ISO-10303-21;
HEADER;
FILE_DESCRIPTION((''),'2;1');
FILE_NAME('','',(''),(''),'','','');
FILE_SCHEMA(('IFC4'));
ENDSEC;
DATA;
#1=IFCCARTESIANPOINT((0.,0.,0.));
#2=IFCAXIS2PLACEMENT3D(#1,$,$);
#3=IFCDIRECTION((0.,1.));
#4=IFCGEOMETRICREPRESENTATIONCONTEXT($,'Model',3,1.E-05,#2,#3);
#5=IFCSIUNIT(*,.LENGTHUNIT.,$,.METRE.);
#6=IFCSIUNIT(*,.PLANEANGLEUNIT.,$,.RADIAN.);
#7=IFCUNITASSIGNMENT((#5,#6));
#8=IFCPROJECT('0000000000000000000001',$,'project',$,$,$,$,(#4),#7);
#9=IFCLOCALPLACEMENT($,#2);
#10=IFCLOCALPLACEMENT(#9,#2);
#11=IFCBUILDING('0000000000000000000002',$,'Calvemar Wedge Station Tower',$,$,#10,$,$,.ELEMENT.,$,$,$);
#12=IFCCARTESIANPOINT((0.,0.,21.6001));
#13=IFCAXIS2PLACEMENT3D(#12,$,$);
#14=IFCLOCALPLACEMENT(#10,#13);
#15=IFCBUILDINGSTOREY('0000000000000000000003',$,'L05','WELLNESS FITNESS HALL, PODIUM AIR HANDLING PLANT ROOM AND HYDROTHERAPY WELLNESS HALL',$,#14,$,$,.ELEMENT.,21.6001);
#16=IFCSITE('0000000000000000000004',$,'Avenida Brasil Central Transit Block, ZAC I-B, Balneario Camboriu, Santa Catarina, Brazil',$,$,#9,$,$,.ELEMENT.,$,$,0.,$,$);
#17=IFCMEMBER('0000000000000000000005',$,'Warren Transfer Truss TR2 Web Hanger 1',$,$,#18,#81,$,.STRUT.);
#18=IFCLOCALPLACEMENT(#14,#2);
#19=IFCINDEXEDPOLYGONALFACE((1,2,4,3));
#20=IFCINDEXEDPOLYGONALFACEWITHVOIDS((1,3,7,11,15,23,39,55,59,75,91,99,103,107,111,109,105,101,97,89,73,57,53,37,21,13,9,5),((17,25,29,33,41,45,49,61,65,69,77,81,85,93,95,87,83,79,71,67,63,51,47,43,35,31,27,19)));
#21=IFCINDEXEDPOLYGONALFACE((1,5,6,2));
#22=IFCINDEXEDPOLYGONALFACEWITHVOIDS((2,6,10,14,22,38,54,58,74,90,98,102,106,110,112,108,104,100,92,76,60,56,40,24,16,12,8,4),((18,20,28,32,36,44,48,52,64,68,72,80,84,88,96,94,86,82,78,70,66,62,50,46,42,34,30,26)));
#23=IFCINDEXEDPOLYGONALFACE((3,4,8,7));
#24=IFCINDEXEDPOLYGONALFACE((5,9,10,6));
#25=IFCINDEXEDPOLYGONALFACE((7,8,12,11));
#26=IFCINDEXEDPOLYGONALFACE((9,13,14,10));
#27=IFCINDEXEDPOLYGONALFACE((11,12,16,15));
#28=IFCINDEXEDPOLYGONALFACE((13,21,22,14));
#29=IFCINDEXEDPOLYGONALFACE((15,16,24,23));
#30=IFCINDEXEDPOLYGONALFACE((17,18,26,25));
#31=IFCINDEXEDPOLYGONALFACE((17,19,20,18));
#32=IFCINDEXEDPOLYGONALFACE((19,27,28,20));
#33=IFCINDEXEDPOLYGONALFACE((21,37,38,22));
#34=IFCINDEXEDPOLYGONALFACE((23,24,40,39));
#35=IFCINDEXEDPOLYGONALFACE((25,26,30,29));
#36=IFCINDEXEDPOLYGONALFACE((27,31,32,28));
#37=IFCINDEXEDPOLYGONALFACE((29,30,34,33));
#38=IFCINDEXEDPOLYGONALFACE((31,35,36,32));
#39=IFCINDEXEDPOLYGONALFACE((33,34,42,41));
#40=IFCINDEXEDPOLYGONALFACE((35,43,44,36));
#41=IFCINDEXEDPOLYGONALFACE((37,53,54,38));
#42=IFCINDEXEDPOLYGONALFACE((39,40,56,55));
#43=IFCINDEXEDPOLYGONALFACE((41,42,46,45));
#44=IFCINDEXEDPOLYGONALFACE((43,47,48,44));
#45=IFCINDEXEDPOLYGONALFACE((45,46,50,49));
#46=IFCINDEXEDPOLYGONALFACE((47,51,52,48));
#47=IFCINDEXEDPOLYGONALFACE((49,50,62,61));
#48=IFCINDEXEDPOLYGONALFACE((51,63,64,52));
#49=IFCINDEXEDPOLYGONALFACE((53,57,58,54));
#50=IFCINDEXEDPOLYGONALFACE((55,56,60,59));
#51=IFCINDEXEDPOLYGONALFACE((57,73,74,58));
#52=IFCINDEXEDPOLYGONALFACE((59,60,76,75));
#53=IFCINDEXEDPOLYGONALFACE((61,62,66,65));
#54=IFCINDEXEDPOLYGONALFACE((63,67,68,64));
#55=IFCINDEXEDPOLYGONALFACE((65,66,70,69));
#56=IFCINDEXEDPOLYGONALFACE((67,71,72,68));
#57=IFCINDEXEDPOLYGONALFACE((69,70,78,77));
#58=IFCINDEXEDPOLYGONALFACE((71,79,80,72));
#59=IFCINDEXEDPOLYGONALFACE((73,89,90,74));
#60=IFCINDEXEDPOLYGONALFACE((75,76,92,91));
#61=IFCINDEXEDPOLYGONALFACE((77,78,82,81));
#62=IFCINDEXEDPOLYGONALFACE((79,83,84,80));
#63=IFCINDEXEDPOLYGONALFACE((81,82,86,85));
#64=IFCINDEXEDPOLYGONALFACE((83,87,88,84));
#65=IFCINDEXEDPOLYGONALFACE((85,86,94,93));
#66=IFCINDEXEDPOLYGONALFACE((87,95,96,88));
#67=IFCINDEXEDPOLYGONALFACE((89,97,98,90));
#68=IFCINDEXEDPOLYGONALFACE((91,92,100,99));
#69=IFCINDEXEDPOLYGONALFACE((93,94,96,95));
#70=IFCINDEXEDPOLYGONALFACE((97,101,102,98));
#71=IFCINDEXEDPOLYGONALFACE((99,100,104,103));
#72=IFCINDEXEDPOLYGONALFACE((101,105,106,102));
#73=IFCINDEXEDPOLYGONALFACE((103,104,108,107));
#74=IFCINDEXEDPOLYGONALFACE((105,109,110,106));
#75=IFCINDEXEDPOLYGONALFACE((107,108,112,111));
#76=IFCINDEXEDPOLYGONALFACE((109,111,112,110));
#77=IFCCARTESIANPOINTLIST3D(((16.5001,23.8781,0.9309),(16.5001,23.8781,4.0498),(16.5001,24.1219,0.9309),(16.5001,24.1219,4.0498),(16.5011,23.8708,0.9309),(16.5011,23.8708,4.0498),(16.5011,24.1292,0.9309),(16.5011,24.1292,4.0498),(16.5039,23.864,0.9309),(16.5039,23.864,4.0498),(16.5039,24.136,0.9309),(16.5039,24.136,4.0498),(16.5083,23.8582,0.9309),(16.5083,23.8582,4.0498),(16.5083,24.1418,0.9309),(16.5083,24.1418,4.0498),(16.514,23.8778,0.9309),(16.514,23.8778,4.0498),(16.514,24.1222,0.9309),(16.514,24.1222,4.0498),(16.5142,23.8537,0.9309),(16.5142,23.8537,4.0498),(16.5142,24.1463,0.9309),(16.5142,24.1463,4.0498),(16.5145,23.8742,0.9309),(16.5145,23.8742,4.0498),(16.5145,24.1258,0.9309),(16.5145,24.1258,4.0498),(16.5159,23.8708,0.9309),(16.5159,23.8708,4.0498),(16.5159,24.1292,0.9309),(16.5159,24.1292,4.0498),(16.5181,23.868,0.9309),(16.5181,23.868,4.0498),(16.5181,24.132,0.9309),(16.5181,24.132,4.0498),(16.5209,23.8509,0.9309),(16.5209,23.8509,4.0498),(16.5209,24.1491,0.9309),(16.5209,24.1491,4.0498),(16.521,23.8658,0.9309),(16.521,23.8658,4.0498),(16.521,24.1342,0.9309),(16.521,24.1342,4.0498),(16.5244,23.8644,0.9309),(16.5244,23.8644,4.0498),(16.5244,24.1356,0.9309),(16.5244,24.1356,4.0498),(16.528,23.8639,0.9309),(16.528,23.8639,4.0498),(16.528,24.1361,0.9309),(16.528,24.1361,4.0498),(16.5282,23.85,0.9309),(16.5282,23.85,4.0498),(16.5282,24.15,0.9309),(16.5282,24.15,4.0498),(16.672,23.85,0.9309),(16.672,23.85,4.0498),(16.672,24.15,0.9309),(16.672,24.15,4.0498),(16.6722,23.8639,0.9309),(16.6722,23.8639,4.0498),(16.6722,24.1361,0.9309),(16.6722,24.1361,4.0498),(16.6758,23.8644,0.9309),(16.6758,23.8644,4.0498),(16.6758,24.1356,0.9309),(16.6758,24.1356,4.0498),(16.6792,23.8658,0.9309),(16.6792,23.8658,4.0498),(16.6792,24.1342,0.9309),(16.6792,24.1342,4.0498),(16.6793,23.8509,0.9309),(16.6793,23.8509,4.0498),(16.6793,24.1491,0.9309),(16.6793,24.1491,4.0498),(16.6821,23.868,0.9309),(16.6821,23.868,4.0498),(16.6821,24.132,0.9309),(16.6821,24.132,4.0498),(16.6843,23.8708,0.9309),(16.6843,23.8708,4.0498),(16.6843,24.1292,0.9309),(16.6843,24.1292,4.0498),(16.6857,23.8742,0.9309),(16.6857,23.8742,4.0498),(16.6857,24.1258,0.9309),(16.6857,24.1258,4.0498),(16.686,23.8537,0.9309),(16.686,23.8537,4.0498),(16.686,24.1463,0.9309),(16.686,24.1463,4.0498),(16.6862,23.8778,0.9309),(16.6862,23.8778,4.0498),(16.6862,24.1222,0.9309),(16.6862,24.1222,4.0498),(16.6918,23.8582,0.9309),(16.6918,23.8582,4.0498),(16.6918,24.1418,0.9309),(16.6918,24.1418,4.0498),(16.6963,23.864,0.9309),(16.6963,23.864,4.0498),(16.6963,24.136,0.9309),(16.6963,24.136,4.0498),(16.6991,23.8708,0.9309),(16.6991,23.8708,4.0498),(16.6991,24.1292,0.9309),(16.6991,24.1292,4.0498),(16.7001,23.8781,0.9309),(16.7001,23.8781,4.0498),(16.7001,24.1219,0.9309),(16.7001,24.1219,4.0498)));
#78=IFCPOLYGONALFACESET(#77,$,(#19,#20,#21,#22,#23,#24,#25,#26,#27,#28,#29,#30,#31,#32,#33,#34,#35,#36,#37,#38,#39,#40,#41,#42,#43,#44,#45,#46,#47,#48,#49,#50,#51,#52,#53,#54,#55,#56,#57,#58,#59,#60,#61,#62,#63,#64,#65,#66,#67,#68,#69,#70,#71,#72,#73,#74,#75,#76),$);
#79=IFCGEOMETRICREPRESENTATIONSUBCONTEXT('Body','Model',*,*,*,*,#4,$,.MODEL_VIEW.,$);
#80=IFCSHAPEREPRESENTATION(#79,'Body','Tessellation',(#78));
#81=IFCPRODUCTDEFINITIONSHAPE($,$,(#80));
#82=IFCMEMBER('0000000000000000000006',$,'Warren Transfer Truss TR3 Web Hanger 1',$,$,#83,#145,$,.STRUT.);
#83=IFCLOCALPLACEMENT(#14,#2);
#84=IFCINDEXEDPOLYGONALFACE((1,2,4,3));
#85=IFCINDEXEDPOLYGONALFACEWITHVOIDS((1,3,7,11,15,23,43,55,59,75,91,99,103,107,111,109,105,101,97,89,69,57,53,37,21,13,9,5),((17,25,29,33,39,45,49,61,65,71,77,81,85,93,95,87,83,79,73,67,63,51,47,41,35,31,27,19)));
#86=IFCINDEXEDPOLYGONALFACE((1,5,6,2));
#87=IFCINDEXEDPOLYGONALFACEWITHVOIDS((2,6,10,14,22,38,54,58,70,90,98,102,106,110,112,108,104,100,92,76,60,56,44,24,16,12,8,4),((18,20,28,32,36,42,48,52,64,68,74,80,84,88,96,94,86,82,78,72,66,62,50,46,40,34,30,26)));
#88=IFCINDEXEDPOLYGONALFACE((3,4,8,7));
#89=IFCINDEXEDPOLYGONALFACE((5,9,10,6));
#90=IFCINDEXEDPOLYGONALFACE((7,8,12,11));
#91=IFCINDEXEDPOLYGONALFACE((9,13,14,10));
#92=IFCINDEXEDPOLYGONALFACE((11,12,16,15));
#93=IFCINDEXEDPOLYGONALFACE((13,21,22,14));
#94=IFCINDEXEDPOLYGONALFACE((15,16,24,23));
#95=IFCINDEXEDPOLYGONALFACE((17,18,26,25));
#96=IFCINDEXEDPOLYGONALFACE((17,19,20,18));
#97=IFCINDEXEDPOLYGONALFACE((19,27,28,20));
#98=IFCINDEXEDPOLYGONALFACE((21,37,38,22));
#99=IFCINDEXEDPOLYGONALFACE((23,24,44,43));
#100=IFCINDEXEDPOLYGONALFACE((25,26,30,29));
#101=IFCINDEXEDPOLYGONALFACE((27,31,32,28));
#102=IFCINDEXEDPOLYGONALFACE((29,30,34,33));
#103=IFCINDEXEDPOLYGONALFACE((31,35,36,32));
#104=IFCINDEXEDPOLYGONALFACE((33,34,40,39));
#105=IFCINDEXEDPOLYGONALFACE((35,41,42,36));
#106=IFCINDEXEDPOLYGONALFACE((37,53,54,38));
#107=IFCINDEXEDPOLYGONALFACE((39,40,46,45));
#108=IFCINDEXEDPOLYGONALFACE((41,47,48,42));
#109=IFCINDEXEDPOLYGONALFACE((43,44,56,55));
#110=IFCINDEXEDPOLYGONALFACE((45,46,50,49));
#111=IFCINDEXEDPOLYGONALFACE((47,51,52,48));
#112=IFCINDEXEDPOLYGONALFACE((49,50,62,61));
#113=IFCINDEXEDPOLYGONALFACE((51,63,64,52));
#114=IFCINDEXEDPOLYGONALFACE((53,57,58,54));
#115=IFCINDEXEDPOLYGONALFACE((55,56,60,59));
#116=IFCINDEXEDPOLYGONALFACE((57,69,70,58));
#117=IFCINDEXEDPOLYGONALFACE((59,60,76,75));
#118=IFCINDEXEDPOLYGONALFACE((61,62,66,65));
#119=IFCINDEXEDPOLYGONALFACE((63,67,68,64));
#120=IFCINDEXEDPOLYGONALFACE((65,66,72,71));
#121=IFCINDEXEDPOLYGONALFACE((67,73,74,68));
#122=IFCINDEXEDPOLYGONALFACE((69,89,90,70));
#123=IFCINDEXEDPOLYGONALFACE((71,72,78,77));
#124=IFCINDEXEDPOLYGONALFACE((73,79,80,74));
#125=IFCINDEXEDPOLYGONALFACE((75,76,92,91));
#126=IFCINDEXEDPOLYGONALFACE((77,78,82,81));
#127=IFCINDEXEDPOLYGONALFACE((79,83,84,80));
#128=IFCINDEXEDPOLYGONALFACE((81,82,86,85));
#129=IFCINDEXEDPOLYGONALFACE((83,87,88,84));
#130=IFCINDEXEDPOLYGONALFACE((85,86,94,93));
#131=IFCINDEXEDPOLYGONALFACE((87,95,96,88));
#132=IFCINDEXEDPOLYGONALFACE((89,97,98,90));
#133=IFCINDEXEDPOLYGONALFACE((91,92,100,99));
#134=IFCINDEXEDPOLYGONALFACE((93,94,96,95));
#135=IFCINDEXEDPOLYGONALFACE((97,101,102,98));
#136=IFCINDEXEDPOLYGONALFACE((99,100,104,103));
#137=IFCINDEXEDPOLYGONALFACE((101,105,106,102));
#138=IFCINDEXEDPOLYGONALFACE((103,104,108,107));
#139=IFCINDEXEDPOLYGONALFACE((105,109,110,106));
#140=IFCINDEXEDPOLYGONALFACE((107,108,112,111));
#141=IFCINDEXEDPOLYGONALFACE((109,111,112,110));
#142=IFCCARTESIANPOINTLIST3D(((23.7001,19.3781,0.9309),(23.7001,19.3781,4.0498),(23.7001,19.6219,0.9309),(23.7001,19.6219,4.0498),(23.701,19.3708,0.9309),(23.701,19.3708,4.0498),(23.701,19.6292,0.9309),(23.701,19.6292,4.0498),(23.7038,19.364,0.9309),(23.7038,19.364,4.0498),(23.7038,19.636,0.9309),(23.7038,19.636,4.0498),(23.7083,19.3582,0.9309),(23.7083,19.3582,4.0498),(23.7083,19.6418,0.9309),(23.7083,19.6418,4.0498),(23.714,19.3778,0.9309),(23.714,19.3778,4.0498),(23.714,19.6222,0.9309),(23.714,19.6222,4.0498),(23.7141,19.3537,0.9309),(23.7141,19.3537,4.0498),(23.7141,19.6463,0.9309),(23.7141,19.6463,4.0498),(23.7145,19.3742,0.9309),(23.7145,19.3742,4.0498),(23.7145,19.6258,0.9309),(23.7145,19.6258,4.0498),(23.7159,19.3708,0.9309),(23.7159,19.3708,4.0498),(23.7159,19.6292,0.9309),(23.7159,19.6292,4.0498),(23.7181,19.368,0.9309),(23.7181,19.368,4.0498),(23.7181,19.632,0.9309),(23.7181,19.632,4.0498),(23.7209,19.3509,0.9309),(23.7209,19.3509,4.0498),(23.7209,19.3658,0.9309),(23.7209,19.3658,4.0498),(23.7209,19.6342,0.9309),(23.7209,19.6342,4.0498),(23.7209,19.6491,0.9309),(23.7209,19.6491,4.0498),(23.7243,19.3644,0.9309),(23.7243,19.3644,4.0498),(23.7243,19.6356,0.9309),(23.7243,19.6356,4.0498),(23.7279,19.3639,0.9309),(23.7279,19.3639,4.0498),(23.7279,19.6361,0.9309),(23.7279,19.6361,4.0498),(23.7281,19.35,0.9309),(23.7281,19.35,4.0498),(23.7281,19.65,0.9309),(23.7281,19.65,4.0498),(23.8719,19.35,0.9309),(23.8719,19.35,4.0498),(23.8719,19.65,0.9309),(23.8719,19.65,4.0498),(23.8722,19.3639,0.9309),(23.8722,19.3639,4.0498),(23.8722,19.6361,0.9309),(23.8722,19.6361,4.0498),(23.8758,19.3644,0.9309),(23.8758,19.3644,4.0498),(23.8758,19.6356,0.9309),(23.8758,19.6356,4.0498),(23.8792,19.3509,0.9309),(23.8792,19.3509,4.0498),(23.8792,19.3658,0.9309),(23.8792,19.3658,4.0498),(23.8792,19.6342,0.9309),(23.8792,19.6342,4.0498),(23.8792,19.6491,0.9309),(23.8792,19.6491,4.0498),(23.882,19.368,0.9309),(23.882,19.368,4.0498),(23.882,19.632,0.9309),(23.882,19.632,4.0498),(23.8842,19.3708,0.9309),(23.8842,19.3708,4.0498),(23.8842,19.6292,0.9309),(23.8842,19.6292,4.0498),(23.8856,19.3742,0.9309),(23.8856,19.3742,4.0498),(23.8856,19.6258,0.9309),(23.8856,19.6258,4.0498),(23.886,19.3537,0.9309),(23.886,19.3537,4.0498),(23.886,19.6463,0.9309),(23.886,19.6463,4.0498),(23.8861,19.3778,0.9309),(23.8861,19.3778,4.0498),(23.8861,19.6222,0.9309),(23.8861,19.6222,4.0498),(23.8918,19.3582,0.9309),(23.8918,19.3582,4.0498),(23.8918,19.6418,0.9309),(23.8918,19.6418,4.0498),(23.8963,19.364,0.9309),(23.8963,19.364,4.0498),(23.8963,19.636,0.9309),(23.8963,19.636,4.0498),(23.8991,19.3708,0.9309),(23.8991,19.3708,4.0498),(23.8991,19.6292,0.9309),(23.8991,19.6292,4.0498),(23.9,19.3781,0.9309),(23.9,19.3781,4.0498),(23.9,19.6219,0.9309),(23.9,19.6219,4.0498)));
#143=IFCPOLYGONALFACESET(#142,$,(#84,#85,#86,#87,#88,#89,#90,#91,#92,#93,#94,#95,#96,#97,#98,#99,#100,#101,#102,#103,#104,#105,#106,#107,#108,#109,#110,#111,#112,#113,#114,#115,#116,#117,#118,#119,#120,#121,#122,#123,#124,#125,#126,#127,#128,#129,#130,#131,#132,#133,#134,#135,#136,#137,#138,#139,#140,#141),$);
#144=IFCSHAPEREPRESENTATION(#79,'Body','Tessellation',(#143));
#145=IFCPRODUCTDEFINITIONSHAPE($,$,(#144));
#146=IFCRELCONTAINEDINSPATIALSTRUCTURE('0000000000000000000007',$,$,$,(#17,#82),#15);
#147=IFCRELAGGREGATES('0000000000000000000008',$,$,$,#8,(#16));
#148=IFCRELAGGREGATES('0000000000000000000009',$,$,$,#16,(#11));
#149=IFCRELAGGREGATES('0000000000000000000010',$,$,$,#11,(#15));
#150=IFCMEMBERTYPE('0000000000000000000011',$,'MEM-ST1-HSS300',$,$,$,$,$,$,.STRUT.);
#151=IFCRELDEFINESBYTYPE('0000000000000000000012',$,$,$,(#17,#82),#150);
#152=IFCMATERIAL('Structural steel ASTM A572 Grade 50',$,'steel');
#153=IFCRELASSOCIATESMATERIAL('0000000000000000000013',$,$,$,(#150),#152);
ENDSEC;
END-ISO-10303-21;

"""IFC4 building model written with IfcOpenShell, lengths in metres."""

from ifc_helpers import new_model, si_unit, direction, frame, origin, origin_2d, place, context, subcontext, project, spatial, hollow_rectangle, extrude, source, transform, mapped, material, material_profile, profile_set, type_object, element, save


model = new_model("IFC4")

# Units and contexts
model_context = context("Model", 3, precision=1e-05, world=origin(), true_north=direction((0.0, 1.0)))
body_context = subcontext(model_context, "Body", "Model", "MODEL_VIEW")
ifc_project = project(units=[si_unit("LENGTHUNIT", "METRE"), si_unit("PLANEANGLEUNIT", "RADIAN")], contexts=[model_context])

# Site, building, storey
site_placement = place(None, origin())
site = spatial("IfcSite", under=ifc_project, at=site_placement, Name="Avenida Brasil Central Transit Block, ZAC I-B, Balneario Camboriu, Santa Catarina, Brazil", CompositionType="ELEMENT", RefElevation=0.0)
building_placement = place(site_placement, origin())
building = spatial("IfcBuilding", under=site, at=building_placement, Name="Calvemar Wedge Station Tower", CompositionType="ELEMENT")
storey_placement = place(building_placement, frame((0.0, 0.0, 21.6001)))
storey = spatial("IfcBuildingStorey", under=building, at=storey_placement, Name="L05", Description="WELLNESS FITNESS HALL, PODIUM AIR HANDLING PLANT ROOM AND HYDROTHERAPY WELLNESS HALL", CompositionType="ELEMENT", Elevation=21.6001)

# Shared definitions
ifc_material_1 = material(Name="Structural steel ASTM A572 Grade 50", Category="steel")

# Members
ifc_material_profile_1 = material_profile(ifc_material_1, hollow_rectangle(XDim=0.2, YDim=0.3, WallThickness=0.0139, InnerFilletRadius=0.0139, OuterFilletRadius=0.0281, at=origin_2d()), Name="HSS300x200x14")
ifc_profile_set_1 = profile_set([ifc_material_profile_1], Name="Structural steel ASTM A572 Grade 50")
member_type_1 = type_object("IfcMemberType", Name="MEM-ST1-HSS300", PredefinedType="STRUT", material=ifc_profile_set_1)
shared_shape_1 = source(origin(), body_context, "Body", "SweptSolid", [
    extrude(hollow_rectangle(XDim=0.2, YDim=0.3, WallThickness=0.0139, InnerFilletRadius=0.0139, OuterFilletRadius=0.0281, at=origin_2d()), origin(), (0.0, 0.0, 1.0), 3.1189),
])
for number, where, z_axis, x_axis, name in (
    (1, (16.6001, 24.0, 0.9309), (0.0, 0.0, 1.0), (1.0, 0.0, 0.0), "Warren Transfer Truss TR2 Web Hanger 1"),
    (2, (23.8, 19.5, 0.9309), (0.0, 0.0, 1.0), (1.0, 0.0, 0.0), "Warren Transfer Truss TR3 Web Hanger 1"),
):
    element("IfcMember", number, at=place(storey_placement, frame(where, z_axis=z_axis, x_axis=x_axis)), inside=storey, type_object=member_type_1, Name=name, PredefinedType="STRUT", context=body_context, shape_type="MappedRepresentation", body=[
        mapped(shared_shape_1, transform((0.0, 0.0, 0.0), scale=1.0)),
    ])

save(model, "model.ifc")
